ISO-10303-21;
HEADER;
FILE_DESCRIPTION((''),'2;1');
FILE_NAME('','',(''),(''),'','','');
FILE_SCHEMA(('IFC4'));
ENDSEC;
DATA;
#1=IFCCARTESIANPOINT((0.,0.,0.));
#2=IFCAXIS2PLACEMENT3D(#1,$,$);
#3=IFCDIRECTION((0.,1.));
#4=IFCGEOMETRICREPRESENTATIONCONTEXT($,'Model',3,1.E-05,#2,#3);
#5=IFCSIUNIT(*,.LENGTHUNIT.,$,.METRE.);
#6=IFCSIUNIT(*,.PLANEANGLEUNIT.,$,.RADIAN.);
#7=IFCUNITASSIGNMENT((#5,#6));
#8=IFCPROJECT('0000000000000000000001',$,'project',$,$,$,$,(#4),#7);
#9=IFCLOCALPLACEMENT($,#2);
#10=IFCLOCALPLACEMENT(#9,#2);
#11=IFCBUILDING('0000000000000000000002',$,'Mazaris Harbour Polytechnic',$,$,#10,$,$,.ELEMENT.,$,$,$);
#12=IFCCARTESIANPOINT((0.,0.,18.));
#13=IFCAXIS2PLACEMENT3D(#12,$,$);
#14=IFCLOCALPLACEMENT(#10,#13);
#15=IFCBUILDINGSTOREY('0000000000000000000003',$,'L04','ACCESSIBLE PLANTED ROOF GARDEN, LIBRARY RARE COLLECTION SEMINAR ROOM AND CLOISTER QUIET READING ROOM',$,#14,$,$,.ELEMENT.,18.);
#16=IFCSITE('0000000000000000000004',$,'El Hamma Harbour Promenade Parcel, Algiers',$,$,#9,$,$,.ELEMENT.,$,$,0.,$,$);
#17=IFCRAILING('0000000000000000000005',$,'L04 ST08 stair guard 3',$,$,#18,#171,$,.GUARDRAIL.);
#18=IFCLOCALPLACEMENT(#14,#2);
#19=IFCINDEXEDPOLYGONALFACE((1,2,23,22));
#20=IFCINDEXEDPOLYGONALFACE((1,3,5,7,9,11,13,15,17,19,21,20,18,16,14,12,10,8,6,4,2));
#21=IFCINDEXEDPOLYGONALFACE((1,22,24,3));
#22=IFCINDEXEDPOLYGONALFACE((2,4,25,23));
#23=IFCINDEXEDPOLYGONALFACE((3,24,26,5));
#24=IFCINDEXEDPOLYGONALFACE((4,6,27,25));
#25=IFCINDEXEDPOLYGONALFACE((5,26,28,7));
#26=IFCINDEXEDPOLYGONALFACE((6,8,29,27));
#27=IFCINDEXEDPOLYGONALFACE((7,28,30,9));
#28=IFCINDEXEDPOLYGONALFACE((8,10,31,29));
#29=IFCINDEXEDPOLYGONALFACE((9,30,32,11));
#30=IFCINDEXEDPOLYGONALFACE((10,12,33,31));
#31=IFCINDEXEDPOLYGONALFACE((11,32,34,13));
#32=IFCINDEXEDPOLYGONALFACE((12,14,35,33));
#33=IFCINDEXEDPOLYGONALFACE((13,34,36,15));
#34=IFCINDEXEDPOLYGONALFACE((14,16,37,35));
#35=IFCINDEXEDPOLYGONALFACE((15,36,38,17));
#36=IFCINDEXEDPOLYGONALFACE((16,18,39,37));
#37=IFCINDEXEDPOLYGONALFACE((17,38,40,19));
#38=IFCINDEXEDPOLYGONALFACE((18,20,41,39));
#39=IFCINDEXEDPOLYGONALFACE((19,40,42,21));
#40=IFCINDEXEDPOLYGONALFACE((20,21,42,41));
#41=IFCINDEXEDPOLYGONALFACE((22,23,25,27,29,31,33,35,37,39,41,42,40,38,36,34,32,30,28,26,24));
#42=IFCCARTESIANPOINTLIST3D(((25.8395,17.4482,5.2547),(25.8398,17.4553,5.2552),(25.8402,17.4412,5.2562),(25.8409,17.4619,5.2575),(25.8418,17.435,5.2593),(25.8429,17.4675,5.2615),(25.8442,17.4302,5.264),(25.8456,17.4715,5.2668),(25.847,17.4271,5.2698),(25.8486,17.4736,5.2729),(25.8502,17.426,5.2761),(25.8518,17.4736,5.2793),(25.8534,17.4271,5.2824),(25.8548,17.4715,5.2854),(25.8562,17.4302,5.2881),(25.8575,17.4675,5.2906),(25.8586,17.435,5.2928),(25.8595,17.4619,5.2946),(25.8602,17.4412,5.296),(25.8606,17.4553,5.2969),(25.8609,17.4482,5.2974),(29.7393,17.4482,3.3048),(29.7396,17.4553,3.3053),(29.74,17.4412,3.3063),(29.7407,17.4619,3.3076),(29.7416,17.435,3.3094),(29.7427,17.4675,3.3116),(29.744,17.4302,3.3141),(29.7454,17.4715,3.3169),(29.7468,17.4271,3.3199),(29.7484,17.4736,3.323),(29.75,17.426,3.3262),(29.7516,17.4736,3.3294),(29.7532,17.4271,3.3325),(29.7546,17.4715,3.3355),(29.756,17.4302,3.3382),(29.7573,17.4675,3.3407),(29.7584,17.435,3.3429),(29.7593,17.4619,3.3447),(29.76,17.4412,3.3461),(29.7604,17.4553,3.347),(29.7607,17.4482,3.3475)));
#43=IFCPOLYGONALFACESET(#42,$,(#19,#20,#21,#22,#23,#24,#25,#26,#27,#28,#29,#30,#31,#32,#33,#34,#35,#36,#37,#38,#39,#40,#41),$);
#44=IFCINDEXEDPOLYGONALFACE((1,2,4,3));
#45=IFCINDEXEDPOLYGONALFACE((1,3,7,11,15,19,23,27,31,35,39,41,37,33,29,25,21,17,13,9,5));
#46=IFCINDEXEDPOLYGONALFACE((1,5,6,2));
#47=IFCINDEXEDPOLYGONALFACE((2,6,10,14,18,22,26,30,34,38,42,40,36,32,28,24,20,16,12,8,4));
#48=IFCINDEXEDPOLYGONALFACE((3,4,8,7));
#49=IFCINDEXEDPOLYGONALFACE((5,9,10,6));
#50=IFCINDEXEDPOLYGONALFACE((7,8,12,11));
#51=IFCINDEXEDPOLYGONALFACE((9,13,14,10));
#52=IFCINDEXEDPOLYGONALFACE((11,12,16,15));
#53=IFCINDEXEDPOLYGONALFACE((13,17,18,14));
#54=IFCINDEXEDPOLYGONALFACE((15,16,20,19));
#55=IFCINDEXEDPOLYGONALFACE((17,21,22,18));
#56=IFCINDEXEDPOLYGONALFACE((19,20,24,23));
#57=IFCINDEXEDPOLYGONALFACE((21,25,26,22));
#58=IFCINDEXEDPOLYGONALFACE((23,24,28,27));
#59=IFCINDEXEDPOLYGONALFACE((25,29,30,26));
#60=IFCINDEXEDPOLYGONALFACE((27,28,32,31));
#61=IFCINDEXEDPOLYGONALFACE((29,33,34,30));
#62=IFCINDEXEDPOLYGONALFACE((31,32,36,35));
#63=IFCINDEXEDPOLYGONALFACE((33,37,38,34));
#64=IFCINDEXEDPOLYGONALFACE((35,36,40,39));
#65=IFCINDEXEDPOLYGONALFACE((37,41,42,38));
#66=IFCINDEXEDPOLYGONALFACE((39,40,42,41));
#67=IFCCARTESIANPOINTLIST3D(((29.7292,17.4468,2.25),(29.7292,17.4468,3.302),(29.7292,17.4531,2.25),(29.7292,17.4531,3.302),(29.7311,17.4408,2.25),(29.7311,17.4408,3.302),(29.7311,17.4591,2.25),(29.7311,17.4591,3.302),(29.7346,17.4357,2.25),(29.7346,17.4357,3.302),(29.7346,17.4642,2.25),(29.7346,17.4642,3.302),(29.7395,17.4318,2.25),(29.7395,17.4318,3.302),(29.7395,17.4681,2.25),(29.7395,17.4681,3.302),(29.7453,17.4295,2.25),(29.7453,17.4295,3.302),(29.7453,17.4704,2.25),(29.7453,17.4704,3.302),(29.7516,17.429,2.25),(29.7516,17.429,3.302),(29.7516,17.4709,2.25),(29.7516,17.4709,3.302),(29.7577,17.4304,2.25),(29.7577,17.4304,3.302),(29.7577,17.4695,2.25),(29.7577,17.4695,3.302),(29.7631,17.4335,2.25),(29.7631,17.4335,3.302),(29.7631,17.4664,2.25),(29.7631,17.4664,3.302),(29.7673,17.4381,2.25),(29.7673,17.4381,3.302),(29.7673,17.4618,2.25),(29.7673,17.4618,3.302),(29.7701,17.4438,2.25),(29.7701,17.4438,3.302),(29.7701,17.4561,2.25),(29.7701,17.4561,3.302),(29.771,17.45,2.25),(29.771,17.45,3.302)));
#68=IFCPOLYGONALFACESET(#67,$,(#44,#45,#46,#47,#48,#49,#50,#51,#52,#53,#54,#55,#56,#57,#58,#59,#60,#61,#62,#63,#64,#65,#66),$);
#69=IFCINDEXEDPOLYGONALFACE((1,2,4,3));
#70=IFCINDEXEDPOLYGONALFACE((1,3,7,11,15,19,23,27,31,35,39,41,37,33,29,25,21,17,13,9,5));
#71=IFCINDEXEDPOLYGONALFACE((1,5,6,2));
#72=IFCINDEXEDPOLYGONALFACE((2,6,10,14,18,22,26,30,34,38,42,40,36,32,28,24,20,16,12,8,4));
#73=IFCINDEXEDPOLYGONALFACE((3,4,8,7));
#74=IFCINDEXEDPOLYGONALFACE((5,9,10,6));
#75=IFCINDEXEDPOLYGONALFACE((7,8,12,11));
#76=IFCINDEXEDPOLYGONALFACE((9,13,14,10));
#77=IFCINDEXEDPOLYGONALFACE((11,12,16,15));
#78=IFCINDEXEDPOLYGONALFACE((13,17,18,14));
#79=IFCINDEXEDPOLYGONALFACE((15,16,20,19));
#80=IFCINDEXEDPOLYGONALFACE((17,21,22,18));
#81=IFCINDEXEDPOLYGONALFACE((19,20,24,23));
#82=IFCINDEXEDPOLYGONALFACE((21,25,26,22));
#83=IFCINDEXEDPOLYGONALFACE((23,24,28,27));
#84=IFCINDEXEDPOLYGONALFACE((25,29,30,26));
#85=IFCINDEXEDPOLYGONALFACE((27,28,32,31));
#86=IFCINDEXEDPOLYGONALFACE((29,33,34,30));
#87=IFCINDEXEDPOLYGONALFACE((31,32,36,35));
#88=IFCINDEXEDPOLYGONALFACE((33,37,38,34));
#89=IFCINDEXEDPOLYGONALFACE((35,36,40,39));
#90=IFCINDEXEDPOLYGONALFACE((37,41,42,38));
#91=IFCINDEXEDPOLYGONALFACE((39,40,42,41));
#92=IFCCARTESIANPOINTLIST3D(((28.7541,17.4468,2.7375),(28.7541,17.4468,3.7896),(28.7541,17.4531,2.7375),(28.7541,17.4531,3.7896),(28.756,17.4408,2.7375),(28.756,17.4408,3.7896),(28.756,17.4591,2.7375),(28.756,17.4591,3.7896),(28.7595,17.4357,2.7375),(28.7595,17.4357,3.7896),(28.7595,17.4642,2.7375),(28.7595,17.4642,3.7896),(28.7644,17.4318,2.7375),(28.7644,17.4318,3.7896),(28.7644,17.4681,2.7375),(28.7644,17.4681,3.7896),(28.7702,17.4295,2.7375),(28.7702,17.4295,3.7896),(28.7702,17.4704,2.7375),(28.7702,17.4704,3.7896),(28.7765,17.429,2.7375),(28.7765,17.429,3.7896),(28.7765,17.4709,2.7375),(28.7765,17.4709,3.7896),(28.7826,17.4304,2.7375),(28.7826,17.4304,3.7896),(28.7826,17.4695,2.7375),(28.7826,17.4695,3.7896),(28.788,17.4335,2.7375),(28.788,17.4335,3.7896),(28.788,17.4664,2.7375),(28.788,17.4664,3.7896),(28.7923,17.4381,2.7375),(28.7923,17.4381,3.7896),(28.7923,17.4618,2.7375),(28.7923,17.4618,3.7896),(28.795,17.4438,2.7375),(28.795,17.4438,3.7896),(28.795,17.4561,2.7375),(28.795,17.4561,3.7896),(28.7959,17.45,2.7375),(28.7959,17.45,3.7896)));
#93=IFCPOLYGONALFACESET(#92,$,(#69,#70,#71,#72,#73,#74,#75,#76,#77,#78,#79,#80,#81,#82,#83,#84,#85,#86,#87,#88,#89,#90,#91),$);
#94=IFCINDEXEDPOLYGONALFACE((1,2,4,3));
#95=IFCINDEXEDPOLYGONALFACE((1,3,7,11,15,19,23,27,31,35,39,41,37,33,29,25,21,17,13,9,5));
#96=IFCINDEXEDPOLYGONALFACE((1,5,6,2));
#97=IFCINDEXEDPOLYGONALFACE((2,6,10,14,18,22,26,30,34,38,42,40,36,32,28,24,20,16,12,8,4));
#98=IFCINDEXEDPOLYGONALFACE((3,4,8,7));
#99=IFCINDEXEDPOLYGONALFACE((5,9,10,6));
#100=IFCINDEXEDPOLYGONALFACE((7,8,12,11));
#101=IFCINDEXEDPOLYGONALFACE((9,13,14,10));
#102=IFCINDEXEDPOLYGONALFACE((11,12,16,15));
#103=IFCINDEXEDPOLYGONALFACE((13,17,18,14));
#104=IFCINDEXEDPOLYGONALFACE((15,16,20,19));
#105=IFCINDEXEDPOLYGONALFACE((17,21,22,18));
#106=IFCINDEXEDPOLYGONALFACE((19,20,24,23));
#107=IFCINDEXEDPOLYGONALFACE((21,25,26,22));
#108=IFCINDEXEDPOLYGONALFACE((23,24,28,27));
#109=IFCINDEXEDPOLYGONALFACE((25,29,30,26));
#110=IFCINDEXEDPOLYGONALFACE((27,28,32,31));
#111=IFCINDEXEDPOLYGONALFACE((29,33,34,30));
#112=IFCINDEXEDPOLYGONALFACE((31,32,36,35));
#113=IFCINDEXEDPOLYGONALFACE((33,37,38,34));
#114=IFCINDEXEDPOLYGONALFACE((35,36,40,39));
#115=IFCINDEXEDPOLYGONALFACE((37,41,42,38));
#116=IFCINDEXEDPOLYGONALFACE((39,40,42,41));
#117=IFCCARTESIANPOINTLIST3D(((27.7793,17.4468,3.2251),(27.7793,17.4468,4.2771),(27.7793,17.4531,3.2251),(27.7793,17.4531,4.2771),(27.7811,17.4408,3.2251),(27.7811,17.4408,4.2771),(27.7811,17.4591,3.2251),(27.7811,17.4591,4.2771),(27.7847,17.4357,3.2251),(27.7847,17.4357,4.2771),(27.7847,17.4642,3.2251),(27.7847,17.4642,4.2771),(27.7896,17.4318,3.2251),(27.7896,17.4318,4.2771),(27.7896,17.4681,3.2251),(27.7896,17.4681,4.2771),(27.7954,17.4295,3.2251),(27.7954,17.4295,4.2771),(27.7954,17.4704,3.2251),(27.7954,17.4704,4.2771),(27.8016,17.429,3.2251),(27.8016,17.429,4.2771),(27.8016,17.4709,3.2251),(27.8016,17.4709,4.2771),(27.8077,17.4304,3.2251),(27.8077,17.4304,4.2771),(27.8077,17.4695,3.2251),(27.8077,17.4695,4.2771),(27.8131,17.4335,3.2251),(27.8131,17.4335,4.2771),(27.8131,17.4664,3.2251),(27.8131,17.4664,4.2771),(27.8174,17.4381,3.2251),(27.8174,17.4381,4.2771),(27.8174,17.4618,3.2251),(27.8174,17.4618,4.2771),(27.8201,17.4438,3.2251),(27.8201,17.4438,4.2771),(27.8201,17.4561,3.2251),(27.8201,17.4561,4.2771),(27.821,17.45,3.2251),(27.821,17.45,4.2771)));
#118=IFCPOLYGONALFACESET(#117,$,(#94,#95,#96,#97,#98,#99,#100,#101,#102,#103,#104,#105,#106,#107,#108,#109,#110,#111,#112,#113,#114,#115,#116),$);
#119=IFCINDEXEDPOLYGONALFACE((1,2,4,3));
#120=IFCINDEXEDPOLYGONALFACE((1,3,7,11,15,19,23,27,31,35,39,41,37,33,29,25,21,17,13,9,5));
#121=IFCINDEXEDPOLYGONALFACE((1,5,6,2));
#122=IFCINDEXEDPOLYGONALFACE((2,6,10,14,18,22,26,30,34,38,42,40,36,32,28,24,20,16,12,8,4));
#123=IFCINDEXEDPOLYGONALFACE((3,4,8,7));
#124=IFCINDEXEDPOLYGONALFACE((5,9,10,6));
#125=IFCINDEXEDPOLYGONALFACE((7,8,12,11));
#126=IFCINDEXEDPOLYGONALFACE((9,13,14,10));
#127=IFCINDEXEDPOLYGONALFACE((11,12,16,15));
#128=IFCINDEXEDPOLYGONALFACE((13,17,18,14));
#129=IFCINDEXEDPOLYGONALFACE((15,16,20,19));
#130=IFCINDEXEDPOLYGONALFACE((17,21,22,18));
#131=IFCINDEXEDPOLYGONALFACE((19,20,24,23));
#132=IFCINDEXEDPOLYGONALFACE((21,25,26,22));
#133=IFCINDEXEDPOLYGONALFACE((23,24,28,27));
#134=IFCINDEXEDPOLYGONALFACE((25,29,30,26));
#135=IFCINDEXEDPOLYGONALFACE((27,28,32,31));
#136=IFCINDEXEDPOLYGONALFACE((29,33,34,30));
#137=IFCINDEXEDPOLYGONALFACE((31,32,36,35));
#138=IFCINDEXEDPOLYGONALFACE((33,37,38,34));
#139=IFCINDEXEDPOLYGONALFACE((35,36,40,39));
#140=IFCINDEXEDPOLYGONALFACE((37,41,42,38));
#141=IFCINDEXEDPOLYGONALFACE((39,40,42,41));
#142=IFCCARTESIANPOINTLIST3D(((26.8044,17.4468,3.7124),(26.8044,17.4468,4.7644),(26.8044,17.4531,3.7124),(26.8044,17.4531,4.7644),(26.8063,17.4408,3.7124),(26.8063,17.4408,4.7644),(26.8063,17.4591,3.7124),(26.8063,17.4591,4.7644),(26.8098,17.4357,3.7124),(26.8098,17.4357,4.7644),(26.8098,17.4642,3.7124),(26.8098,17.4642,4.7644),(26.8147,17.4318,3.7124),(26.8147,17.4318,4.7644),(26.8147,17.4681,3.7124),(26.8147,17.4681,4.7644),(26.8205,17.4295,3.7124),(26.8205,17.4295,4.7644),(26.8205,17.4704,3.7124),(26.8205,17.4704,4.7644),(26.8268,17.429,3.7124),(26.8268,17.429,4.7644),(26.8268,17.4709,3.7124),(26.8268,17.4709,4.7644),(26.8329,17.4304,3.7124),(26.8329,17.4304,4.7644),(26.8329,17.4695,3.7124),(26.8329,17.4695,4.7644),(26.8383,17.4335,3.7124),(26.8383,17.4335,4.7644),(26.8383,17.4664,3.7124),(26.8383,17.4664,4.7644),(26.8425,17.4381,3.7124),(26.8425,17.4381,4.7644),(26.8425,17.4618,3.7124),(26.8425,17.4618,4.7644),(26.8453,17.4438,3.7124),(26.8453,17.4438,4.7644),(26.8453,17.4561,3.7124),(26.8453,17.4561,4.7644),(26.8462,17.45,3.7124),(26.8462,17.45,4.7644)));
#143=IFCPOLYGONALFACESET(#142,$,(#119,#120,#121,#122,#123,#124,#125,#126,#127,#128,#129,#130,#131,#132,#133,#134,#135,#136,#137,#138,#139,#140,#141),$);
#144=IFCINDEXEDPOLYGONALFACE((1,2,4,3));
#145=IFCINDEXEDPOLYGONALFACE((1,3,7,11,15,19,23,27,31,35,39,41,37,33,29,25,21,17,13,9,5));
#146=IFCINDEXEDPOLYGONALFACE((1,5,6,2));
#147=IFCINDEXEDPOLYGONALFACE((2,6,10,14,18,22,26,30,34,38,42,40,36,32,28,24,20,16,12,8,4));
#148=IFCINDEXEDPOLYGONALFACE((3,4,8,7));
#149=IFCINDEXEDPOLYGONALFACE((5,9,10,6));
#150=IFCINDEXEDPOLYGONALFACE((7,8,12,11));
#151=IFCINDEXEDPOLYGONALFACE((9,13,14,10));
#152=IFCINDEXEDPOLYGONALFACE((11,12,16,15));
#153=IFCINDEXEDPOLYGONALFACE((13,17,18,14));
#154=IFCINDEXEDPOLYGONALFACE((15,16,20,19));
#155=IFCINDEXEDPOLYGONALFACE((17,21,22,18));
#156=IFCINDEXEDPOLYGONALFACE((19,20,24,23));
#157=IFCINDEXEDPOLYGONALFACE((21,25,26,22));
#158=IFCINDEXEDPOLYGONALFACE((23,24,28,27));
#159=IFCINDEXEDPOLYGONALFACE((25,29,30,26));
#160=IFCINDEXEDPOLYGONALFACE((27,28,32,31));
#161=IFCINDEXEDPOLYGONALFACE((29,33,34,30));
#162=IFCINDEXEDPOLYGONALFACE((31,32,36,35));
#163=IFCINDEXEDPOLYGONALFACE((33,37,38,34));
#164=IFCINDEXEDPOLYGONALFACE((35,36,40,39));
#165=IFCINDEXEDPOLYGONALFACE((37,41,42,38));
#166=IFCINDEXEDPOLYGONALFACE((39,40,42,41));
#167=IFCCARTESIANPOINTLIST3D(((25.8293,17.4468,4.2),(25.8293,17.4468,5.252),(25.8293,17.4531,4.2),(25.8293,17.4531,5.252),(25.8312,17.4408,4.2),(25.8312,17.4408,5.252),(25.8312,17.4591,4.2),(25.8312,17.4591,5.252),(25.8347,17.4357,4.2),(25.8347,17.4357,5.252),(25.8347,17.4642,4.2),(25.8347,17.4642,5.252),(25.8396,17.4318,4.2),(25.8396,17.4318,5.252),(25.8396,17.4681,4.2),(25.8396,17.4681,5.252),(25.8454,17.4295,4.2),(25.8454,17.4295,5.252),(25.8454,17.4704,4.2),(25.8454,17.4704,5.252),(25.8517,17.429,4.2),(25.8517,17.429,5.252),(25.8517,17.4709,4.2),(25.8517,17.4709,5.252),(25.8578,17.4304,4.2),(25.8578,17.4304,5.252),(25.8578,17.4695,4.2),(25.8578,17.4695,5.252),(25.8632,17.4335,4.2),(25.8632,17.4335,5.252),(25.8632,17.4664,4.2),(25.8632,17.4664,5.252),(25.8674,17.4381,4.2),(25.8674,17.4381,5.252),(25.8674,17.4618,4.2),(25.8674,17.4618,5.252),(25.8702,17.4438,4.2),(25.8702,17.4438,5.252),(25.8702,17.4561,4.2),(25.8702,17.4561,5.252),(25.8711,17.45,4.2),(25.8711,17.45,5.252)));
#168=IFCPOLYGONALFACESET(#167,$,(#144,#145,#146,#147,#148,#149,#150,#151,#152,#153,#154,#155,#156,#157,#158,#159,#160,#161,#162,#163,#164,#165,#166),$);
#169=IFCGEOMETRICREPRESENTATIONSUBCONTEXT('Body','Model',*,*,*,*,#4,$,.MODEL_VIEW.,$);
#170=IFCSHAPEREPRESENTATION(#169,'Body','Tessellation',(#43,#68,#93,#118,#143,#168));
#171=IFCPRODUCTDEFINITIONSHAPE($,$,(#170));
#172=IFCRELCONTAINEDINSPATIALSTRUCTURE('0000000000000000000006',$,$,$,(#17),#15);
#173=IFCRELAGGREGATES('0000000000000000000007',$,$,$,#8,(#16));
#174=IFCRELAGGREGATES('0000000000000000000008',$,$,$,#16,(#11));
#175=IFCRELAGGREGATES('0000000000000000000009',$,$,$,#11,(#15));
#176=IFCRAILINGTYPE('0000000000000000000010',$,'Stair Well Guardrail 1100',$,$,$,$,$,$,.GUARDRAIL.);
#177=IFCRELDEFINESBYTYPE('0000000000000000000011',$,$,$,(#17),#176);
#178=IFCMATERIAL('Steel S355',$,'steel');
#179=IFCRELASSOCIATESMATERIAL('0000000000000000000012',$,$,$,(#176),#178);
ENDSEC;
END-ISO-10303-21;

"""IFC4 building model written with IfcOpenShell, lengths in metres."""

from ifc_helpers import new_model, si_unit, direction, frame, origin, origin_2d, place, context, subcontext, project, spatial, circle, extrude, material, type_object, element, save


model = new_model("IFC4")

# Units and contexts
model_context = context("Model", 3, precision=1e-05, world=origin(), true_north=direction((0.0, 1.0)))
body_context = subcontext(model_context, "Body", "Model", "MODEL_VIEW")
ifc_project = project(units=[si_unit("LENGTHUNIT", "METRE"), si_unit("PLANEANGLEUNIT", "RADIAN")], contexts=[model_context])

# Site, building, storey
site_placement = place(None, origin())
site = spatial("IfcSite", under=ifc_project, at=site_placement, Name="El Hamma Harbour Promenade Parcel, Algiers", CompositionType="ELEMENT", RefElevation=0.0)
building_placement = place(site_placement, origin())
building = spatial("IfcBuilding", under=site, at=building_placement, Name="Mazaris Harbour Polytechnic", CompositionType="ELEMENT")
storey_placement = place(building_placement, frame((0.0, 0.0, 18.0)))
storey = spatial("IfcBuildingStorey", under=building, at=storey_placement, Name="L04", Description="ACCESSIBLE PLANTED ROOF GARDEN, LIBRARY RARE COLLECTION SEMINAR ROOM AND CLOISTER QUIET READING ROOM", CompositionType="ELEMENT", Elevation=18.0)

# Railing
ifc_material_1 = material(Name="Steel S355", Category="steel")
railing_type_1 = type_object("IfcRailingType", Name="Stair Well Guardrail 1100", PredefinedType="GUARDRAIL", material=ifc_material_1)
railing_1_placement = place(storey_placement, frame((29.75, 17.45, 2.25)))
element("IfcRailing", 1, at=railing_1_placement, inside=storey, type_object=railing_type_1, Name="L04 ST08 stair guard 3", PredefinedType="GUARDRAIL", context=body_context, shape_type="SweptSolid", body=[
    extrude(circle(Radius=0.0239, at=origin_2d()), frame((0.0, 0.0, 1.0762), z_axis=(-0.894427, 0.0, 0.447214), x_axis=(0.0, -1.0, 0.0)), (0.0, 0.0, 1.0), 4.3601),
    extrude(circle(Radius=0.021, at=origin_2d()), origin(), (0.0, 0.0, 1.0), 1.052),
    extrude(circle(Radius=0.021, at=origin_2d()), frame((-0.9751, 0.0, 0.4875)), (0.0, 0.0, 1.0), 1.052),
    extrude(circle(Radius=0.021, at=origin_2d()), frame((-1.95, 0.0, 0.9751)), (0.0, 0.0, 1.0), 1.052),
    extrude(circle(Radius=0.021, at=origin_2d()), frame((-2.9248, 0.0, 1.4624)), (0.0, 0.0, 1.0), 1.052),
    extrude(circle(Radius=0.021, at=origin_2d()), frame((-3.8999, 0.0, 1.95)), (0.0, 0.0, 1.0), 1.052),
])

save(model, "model.ifc")
